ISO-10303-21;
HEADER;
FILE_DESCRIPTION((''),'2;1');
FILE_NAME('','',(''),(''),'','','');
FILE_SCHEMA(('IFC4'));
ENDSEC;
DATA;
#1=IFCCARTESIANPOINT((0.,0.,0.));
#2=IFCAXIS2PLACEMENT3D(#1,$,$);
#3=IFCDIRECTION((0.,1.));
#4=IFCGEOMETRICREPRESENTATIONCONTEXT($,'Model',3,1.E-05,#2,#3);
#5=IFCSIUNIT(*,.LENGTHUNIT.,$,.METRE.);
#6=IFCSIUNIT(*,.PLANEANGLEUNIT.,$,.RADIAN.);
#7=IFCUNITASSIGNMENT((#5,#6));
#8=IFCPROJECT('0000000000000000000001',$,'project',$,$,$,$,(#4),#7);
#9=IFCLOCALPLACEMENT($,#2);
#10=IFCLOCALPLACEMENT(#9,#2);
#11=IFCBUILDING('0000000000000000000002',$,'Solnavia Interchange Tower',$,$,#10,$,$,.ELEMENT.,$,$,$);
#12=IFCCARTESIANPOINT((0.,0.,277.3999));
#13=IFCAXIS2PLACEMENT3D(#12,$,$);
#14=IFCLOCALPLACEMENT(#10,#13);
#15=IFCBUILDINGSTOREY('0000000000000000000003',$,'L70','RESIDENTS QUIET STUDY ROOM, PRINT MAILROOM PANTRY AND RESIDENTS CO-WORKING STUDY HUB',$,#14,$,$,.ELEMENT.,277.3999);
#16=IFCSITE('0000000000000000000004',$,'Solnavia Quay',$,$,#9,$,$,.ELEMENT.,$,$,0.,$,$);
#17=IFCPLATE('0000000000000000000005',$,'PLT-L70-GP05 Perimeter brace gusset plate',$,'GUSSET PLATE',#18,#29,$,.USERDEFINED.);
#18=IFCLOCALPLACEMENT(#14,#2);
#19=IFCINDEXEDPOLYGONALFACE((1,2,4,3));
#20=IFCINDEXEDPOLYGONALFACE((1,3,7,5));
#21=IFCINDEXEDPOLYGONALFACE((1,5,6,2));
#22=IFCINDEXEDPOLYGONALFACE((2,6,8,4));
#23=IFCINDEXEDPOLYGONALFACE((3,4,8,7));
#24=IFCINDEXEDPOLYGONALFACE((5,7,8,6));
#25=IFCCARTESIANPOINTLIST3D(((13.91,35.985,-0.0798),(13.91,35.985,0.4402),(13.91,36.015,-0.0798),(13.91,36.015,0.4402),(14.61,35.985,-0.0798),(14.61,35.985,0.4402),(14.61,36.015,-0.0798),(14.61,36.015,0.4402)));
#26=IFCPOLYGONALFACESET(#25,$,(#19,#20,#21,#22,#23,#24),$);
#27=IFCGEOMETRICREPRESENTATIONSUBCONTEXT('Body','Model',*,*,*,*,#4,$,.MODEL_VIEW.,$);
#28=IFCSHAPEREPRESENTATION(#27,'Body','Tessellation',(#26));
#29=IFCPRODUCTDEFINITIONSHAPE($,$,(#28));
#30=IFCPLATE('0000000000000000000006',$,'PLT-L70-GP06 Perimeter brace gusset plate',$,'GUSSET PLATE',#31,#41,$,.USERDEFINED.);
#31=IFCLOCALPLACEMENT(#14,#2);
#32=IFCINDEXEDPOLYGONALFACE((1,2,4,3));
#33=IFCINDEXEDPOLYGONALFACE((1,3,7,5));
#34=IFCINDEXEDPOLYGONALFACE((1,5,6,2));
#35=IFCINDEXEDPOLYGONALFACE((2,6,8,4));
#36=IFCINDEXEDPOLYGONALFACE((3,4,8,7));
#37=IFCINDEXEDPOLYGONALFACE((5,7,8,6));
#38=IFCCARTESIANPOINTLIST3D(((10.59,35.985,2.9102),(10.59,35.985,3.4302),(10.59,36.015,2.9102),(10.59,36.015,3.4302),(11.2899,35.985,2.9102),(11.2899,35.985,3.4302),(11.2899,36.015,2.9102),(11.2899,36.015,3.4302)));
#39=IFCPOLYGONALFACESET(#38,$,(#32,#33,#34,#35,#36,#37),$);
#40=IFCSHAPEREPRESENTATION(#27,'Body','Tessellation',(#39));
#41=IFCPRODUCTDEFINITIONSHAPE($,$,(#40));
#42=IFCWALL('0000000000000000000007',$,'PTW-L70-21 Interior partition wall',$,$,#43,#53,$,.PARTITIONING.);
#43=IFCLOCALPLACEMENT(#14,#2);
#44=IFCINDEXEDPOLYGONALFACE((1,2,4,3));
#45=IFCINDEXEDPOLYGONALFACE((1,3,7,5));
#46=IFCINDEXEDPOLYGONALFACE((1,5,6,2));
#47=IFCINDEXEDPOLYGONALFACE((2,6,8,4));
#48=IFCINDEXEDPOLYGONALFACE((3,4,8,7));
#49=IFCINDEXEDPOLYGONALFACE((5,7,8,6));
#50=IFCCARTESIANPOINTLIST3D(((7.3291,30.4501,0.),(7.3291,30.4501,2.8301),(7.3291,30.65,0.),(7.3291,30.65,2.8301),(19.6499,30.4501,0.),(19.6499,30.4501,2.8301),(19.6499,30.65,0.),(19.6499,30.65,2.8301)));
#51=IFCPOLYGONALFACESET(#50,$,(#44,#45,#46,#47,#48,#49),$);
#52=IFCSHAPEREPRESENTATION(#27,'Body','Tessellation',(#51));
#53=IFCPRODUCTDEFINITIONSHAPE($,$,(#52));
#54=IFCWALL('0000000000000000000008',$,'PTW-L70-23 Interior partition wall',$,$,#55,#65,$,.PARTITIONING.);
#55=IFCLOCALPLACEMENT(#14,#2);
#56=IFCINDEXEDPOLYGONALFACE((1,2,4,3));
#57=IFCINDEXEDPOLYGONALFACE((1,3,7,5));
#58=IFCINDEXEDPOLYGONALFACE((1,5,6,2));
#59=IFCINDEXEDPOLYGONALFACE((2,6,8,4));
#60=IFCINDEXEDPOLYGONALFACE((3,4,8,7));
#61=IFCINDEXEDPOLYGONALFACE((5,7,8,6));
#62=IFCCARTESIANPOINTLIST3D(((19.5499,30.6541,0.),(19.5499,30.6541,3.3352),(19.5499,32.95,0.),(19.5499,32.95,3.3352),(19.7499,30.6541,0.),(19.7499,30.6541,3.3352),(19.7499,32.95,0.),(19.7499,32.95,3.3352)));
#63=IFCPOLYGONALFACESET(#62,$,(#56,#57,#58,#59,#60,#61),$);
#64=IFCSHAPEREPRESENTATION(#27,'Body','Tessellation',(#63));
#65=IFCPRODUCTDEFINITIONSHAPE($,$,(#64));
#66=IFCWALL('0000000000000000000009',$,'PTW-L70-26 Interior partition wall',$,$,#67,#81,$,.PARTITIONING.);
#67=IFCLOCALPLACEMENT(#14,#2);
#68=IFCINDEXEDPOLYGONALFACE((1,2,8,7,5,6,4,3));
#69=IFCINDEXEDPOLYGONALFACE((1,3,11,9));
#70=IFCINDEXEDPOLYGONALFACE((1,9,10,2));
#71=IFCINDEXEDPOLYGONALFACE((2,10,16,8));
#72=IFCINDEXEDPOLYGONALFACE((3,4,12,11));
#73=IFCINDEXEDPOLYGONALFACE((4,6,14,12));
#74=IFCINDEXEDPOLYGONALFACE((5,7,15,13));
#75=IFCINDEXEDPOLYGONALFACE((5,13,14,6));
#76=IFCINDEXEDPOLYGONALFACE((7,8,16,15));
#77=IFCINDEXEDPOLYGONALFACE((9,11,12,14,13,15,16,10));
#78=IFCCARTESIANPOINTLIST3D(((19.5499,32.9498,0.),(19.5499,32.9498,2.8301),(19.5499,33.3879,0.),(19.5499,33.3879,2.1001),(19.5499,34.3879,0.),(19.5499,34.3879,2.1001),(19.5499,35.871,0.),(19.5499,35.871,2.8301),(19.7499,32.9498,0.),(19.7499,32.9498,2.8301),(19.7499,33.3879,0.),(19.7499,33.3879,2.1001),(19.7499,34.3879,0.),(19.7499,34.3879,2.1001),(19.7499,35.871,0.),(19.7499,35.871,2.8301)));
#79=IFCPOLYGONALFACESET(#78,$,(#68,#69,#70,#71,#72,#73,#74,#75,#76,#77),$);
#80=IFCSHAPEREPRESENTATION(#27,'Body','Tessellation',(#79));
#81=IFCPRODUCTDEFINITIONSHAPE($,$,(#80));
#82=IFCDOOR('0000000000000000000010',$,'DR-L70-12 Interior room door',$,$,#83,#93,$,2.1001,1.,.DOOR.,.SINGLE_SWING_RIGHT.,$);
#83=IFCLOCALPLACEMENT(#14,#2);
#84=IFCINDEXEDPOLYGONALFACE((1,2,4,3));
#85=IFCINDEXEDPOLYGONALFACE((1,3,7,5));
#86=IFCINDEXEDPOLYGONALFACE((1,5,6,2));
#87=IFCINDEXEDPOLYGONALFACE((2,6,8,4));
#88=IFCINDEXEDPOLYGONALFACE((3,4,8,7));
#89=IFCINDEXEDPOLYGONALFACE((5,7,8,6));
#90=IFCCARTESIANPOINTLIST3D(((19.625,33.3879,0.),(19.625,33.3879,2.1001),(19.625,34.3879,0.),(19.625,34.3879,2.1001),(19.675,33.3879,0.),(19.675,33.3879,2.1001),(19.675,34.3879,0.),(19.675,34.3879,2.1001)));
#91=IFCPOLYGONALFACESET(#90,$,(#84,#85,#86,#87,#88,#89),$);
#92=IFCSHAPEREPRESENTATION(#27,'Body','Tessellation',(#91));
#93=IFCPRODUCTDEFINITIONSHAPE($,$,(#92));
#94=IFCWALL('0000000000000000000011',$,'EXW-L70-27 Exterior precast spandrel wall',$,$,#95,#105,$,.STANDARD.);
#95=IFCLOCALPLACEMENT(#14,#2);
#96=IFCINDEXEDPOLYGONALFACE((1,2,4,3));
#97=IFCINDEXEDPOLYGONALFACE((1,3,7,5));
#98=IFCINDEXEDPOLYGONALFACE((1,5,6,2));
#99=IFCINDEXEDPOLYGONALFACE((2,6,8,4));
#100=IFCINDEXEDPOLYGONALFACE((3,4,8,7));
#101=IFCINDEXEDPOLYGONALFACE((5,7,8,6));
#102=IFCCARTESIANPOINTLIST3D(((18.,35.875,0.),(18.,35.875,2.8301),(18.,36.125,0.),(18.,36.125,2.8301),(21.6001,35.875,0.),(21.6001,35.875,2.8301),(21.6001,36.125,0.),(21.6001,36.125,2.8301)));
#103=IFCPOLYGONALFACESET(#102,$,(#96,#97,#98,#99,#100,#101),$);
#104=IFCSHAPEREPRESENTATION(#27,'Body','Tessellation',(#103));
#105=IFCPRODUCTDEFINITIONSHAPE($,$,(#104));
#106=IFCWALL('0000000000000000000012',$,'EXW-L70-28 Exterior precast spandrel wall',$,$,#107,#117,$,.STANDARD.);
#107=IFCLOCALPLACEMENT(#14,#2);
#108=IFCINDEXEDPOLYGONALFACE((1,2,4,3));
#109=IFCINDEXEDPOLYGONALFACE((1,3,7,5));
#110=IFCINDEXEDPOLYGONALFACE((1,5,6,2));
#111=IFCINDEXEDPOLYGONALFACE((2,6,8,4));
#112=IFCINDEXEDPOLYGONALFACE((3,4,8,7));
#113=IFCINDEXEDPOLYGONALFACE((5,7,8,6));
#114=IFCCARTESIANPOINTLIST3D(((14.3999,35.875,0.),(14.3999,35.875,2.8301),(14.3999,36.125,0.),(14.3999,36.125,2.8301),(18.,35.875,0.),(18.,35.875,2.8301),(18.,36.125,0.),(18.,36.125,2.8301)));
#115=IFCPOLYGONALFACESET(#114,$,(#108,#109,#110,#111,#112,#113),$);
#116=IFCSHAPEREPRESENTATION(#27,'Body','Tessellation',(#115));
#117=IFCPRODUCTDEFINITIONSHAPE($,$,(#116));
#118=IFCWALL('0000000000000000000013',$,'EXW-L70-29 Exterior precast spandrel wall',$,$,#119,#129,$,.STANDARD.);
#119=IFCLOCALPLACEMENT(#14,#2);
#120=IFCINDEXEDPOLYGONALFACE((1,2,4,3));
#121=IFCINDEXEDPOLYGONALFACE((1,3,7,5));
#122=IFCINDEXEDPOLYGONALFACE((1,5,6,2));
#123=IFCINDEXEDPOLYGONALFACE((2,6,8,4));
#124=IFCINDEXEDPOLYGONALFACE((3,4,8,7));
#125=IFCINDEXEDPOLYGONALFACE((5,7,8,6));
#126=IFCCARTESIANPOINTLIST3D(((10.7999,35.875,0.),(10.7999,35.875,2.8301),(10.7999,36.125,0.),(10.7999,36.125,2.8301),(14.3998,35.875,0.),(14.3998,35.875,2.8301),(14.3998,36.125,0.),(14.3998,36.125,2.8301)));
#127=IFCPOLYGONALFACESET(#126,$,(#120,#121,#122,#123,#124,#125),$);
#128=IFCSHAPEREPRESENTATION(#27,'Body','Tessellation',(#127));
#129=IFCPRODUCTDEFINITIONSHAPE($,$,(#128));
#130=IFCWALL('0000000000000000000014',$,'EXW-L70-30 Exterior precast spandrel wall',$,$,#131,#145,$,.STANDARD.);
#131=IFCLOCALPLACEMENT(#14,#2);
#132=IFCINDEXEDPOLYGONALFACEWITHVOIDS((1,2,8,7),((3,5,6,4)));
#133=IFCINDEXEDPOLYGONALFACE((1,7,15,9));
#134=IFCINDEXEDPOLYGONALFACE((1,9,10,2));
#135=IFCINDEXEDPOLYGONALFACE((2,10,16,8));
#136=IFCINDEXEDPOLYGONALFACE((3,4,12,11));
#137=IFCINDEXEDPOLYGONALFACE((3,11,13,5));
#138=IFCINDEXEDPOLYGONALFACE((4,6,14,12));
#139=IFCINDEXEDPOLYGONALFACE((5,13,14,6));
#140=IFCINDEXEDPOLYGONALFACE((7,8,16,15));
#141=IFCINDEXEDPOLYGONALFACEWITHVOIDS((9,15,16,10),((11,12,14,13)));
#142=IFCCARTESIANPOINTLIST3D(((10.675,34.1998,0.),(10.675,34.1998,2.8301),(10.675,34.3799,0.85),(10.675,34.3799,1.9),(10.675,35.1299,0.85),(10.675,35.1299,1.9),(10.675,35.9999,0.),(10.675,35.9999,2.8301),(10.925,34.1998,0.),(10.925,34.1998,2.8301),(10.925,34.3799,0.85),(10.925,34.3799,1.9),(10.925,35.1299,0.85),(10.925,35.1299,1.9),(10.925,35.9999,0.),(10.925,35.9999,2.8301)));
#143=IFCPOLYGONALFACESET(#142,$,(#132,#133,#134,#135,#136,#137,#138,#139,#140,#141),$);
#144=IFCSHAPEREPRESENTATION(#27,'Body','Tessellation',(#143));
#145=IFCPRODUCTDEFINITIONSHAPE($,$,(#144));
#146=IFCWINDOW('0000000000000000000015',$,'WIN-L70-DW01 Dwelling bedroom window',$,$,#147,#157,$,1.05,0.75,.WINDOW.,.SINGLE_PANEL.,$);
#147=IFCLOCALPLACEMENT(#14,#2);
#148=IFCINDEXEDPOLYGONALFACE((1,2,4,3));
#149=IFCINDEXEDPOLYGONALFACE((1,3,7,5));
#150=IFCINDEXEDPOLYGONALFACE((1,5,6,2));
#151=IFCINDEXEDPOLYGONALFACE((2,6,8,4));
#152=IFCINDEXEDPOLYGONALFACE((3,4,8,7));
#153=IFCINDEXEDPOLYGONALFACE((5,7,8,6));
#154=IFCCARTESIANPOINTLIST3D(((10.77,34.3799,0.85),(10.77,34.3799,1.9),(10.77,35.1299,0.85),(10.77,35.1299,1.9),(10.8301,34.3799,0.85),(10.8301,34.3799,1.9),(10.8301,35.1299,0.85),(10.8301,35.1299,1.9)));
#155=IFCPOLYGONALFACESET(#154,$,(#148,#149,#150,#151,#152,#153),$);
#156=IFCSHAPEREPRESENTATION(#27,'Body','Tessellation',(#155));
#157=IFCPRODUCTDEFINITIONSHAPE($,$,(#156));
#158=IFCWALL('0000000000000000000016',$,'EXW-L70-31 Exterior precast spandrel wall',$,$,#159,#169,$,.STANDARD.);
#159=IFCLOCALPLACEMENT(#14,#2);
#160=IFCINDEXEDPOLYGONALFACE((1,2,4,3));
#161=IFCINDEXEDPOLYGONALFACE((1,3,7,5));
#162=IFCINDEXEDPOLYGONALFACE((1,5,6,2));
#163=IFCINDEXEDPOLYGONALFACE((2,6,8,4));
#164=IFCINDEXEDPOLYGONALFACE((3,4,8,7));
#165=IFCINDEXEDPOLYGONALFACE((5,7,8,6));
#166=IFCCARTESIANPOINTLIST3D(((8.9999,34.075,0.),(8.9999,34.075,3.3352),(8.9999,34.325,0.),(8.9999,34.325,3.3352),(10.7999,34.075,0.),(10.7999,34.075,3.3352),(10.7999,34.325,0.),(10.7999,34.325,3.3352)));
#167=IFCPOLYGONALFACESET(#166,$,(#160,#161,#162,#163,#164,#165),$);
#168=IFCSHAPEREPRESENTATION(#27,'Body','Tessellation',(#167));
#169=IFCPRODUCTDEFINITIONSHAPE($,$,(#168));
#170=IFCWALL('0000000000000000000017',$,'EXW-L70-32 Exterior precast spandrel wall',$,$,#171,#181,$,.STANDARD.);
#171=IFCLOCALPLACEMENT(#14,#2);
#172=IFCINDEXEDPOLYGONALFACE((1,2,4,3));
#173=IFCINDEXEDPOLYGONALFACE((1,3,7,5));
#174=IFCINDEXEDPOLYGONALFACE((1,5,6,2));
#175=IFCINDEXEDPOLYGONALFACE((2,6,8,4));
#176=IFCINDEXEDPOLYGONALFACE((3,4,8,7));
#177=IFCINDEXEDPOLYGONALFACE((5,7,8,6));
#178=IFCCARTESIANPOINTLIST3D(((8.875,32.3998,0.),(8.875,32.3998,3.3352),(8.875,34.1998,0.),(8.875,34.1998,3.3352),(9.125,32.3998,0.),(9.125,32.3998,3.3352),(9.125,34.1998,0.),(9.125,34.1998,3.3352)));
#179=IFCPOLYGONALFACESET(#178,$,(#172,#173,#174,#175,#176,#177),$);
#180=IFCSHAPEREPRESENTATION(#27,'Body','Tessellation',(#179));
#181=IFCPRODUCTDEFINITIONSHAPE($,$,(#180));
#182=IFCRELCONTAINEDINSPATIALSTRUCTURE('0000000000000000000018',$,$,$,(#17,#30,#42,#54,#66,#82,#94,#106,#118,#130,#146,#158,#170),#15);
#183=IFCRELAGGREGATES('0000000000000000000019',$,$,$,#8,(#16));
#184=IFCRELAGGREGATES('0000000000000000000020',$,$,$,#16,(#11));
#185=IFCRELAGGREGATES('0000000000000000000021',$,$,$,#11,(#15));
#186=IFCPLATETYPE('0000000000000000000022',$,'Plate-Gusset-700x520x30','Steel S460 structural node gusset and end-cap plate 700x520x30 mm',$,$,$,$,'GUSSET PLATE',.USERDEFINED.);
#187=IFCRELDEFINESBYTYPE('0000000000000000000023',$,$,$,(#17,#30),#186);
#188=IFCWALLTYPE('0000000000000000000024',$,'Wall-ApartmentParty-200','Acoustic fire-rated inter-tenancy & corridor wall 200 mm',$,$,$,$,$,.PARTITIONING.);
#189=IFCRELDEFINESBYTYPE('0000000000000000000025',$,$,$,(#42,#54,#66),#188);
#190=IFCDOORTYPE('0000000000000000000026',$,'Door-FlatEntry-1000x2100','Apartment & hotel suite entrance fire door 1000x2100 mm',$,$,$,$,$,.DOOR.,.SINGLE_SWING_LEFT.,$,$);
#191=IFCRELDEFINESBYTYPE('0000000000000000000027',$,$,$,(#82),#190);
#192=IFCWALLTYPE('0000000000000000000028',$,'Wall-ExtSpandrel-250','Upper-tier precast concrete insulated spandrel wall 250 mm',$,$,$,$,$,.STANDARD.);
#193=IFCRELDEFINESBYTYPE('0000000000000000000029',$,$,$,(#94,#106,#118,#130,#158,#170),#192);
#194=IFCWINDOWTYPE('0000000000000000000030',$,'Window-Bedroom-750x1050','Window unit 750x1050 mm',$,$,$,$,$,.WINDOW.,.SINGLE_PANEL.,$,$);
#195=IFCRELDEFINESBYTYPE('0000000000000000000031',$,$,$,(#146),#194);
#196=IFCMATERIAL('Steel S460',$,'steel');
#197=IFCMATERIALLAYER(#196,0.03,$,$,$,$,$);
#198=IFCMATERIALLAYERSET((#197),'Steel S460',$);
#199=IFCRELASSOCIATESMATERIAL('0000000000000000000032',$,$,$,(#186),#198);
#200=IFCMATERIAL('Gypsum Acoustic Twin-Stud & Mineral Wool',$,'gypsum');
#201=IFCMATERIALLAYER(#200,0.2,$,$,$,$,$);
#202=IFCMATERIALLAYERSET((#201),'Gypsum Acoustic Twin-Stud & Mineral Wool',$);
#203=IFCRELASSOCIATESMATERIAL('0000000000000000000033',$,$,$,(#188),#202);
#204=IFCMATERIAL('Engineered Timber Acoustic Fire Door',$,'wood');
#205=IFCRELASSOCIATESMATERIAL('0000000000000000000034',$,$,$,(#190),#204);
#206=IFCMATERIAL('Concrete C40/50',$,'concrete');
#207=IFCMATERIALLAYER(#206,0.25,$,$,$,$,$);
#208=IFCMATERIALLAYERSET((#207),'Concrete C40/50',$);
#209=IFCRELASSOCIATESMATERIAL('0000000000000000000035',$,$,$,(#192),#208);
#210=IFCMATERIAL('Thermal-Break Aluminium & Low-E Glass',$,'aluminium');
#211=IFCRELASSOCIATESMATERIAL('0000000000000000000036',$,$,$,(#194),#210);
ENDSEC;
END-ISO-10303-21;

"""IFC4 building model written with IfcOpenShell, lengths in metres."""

from ifc_helpers import new_model, si_unit, direction, frame, frame_2d, origin, origin_2d, place, context, subcontext, project, spatial, rectangle, extrude, material, layer, layer_set, type_object, element, fill, save


model = new_model("IFC4")

# Units and contexts
model_context = context("Model", 3, precision=1e-05, world=origin(), true_north=direction((0.0, 1.0)))
body_context = subcontext(model_context, "Body", "Model", "MODEL_VIEW")
ifc_project = project(units=[si_unit("LENGTHUNIT", "METRE"), si_unit("PLANEANGLEUNIT", "RADIAN")], contexts=[model_context])

# Site, building, storey
site_placement = place(None, origin())
site = spatial("IfcSite", under=ifc_project, at=site_placement, Name="Solnavia Quay", CompositionType="ELEMENT", RefElevation=0.0)
building_placement = place(site_placement, origin())
building = spatial("IfcBuilding", under=site, at=building_placement, Name="Solnavia Interchange Tower", CompositionType="ELEMENT")
storey_placement = place(building_placement, frame((0.0, 0.0, 277.3999)))
storey = spatial("IfcBuildingStorey", under=building, at=storey_placement, Name="L70", Description="RESIDENTS QUIET STUDY ROOM, PRINT MAILROOM PANTRY AND RESIDENTS CO-WORKING STUDY HUB", CompositionType="ELEMENT", Elevation=277.3999)

# Shared definitions
ifc_material_1 = material(Name="Steel S460", Category="steel")

# Plates
ifc_layer_1 = layer(ifc_material_1, 0.03)
ifc_layer_set_1 = layer_set([ifc_layer_1], Name="Steel S460")
plate_type = type_object("IfcPlateType", Name="Plate-Gusset-700x520x30", Description="Steel S460 structural node gusset and end-cap plate 700x520x30 mm", ElementType="GUSSET PLATE", PredefinedType="USERDEFINED", material=ifc_layer_set_1)
for number, where, z_axis, x_axis, name in (
    (1, (14.26, 36.0, -0.0798), (0.0, 0.0, 1.0), (-1.0, 0.0, 0.0), "PLT-L70-GP05 Perimeter brace gusset plate"),
    (2, (10.9399, 36.0, 2.9102), (0.0, 0.0, 1.0), (-1.0, 0.0, 0.0), "PLT-L70-GP06 Perimeter brace gusset plate"),
):
    element("IfcPlate", number, at=place(storey_placement, frame(where, z_axis=z_axis, x_axis=x_axis)), inside=storey, type_object=plate_type, Name=name, ObjectType="GUSSET PLATE", PredefinedType="USERDEFINED", context=body_context, shape_type="SweptSolid", body=[
        extrude(rectangle(XDim=0.7, YDim=0.03, at=origin_2d()), origin(), (0.0, 0.0, 1.0), 0.52),
    ])

# Walls
ifc_material_2 = material(Name="Gypsum Acoustic Twin-Stud & Mineral Wool", Category="gypsum")
ifc_layer_2 = layer(ifc_material_2, 0.2)
ifc_layer_set_2 = layer_set([ifc_layer_2], Name="Gypsum Acoustic Twin-Stud & Mineral Wool")
wall_type_1 = type_object("IfcWallType", Name="Wall-ApartmentParty-200", Description="Acoustic fire-rated inter-tenancy & corridor wall 200 mm", PredefinedType="PARTITIONING", material=ifc_layer_set_2)
wall_1_placement = place(storey_placement, frame((7.3291, 30.55, 0.0), z_axis=(0.0, 0.0, 1.0), x_axis=(1.0, 0.0, 0.0)))
element("IfcWall", 3, at=wall_1_placement, inside=storey, type_object=wall_type_1, Name="PTW-L70-21 Interior partition wall", PredefinedType="PARTITIONING", context=body_context, shape_type="SweptSolid", body=[
    extrude(rectangle(XDim=12.3208, YDim=0.2, at=frame_2d((6.1604, 0.0))), origin(), (0.0, 0.0, 1.0), 2.8301),
])
wall_2_placement = place(storey_placement, frame((19.6499, 30.6541, 0.0), z_axis=(0.0, 0.0, 1.0), x_axis=(0.0, 1.0, 0.0)))
element("IfcWall", 4, at=wall_2_placement, inside=storey, type_object=wall_type_1, Name="PTW-L70-23 Interior partition wall", PredefinedType="PARTITIONING", context=body_context, shape_type="SweptSolid", body=[
    extrude(rectangle(XDim=2.2959, YDim=0.2, at=frame_2d((1.1479, 0.0))), origin(), (0.0, 0.0, 1.0), 3.3352),
])

# Wall, opening, door
wall_3_placement = place(storey_placement, frame((19.6499, 32.95, 0.0), z_axis=(0.0, 0.0, 1.0), x_axis=(0.0, 1.0, 0.0)))
wall_3 = element("IfcWall", 5, at=wall_3_placement, inside=storey, type_object=wall_type_1, Name="PTW-L70-26 Interior partition wall", PredefinedType="PARTITIONING", context=body_context, shape_type="SweptSolid", body=[
    extrude(rectangle(XDim=2.9211, YDim=0.2, at=frame_2d((1.4604, 0.0))), origin(), (0.0, 0.0, 1.0), 2.8301),
])
opening_1_placement = place(wall_3_placement, frame((0.438, 0.0, 0.0)))
opening_1 = element("IfcOpeningElement", 6, at=opening_1_placement, cuts=wall_3, PredefinedType="OPENING", context=body_context, shape_type="SweptSolid", body=[
    extrude(rectangle(XDim=1.0, YDim=2.1001, at=frame_2d((0.5, 1.05))), frame((0.0, 0.1099, 0.0), z_axis=(0.0, -1.0, 0.0), x_axis=(1.0, 0.0, 0.0)), (0.0, 0.0, 1.0), 0.22),
])
ifc_material_3 = material(Name="Engineered Timber Acoustic Fire Door", Category="wood")
door_type_1 = type_object("IfcDoorType", Name="Door-FlatEntry-1000x2100", Description="Apartment & hotel suite entrance fire door 1000x2100 mm", OperationType="SINGLE_SWING_LEFT", PredefinedType="DOOR", material=ifc_material_3)
door_1_placement = place(opening_1_placement, origin())
door_1 = element("IfcDoor", 7, at=door_1_placement, inside=storey, type_object=door_type_1, Name="DR-L70-12 Interior room door", OperationType="SINGLE_SWING_RIGHT", OverallHeight=2.1001, OverallWidth=1.0, PredefinedType="DOOR", context=body_context, shape_type="SweptSolid", body=[
    extrude(rectangle(XDim=1.0, YDim=2.1001, at=frame_2d((0.5, 1.05))), frame((0.0, 0.0249, 0.0), z_axis=(0.0, -1.0, 0.0), x_axis=(1.0, 0.0, 0.0)), (0.0, 0.0, 1.0), 0.05),
])
fill(opening_1, door_1)

# Walls
ifc_material_4 = material(Name="Concrete C40/50", Category="concrete")
ifc_layer_3 = layer(ifc_material_4, 0.25)
ifc_layer_set_3 = layer_set([ifc_layer_3], Name="Concrete C40/50")
wall_type_2 = type_object("IfcWallType", Name="Wall-ExtSpandrel-250", Description="Upper-tier precast concrete insulated spandrel wall 250 mm", PredefinedType="STANDARD", material=ifc_layer_set_3)
for number, where, z_axis, x_axis, name in (
    (8, (18.0, 36.0, 0.0), (0.0, 0.0, 1.0), (1.0, 0.0, 0.0), "EXW-L70-27 Exterior precast spandrel wall"),
    (9, (14.3999, 36.0, 0.0), (0.0, 0.0, 1.0), (1.0, 0.0, 0.0), "EXW-L70-28 Exterior precast spandrel wall"),
):
    element("IfcWall", number, at=place(storey_placement, frame(where, z_axis=z_axis, x_axis=x_axis)), inside=storey, type_object=wall_type_2, Name=name, PredefinedType="STANDARD", context=body_context, shape_type="SweptSolid", body=[
        extrude(rectangle(XDim=3.6001, YDim=0.25, at=frame_2d((1.8, 0.0))), origin(), (0.0, 0.0, 1.0), 2.8301),
    ])
wall_4_placement = place(storey_placement, frame((10.8, 36.0, 0.0), z_axis=(0.0, 0.0, 1.0), x_axis=(1.0, 0.0, 0.0)))
element("IfcWall", 10, at=wall_4_placement, inside=storey, type_object=wall_type_2, Name="EXW-L70-29 Exterior precast spandrel wall", PredefinedType="STANDARD", context=body_context, shape_type="SweptSolid", body=[
    extrude(rectangle(XDim=3.5999, YDim=0.25, at=frame_2d((1.7998, 0.0))), origin(), (0.0, 0.0, 1.0), 2.8301),
])

# Wall, opening, window
wall_5_placement = place(storey_placement, frame((10.8, 34.2, 0.0), z_axis=(0.0, 0.0, 1.0), x_axis=(0.0, 1.0, 0.0)))
wall_5 = element("IfcWall", 11, at=wall_5_placement, inside=storey, type_object=wall_type_2, Name="EXW-L70-30 Exterior precast spandrel wall", PredefinedType="STANDARD", context=body_context, shape_type="SweptSolid", body=[
    extrude(rectangle(XDim=1.8, YDim=0.25, at=frame_2d((0.8999, 0.0))), origin(), (0.0, 0.0, 1.0), 2.8301),
])
opening_2_placement = place(wall_5_placement, frame((0.1799, 0.0, 0.8501)))
opening_2 = element("IfcOpeningElement", 12, at=opening_2_placement, cuts=wall_5, PredefinedType="OPENING", context=body_context, shape_type="SweptSolid", body=[
    extrude(rectangle(XDim=0.75, YDim=1.05, at=frame_2d((0.375, 0.5249))), frame((0.0, 0.135, 0.0), z_axis=(0.0, -1.0, 0.0), x_axis=(1.0, 0.0, 0.0)), (0.0, 0.0, 1.0), 0.27),
])
ifc_material_5 = material(Name="Thermal-Break Aluminium & Low-E Glass", Category="aluminium")
window_type = type_object("IfcWindowType", Name="Window-Bedroom-750x1050", Description="Window unit 750x1050 mm", PartitioningType="SINGLE_PANEL", PredefinedType="WINDOW", material=ifc_material_5)
window_placement = place(opening_2_placement, origin())
window = element("IfcWindow", 13, at=window_placement, inside=storey, type_object=window_type, Name="WIN-L70-DW01 Dwelling bedroom window", OverallHeight=1.05, OverallWidth=0.75, PartitioningType="SINGLE_PANEL", PredefinedType="WINDOW", context=body_context, shape_type="SweptSolid", body=[
    extrude(rectangle(XDim=0.75, YDim=1.05, at=frame_2d((0.375, 0.5249))), frame((0.0, 0.03, 0.0), z_axis=(0.0, -1.0, 0.0), x_axis=(1.0, 0.0, 0.0)), (0.0, 0.0, 1.0), 0.0601),
])
fill(opening_2, window)

# Walls
for number, where, z_axis, x_axis, name in (
    (14, (9.0, 34.2, 0.0), (0.0, 0.0, 1.0), (1.0, 0.0, 0.0), "EXW-L70-31 Exterior precast spandrel wall"),
    (15, (9.0, 32.3999, 0.0), (0.0, 0.0, 1.0), (0.0, 1.0, 0.0), "EXW-L70-32 Exterior precast spandrel wall"),
):
    element("IfcWall", number, at=place(storey_placement, frame(where, z_axis=z_axis, x_axis=x_axis)), inside=storey, type_object=wall_type_2, Name=name, PredefinedType="STANDARD", context=body_context, shape_type="SweptSolid", body=[
        extrude(rectangle(XDim=1.8, YDim=0.25, at=frame_2d((0.8999, 0.0))), origin(), (0.0, 0.0, 1.0), 3.3352),
    ])

save(model, "model.ifc")
